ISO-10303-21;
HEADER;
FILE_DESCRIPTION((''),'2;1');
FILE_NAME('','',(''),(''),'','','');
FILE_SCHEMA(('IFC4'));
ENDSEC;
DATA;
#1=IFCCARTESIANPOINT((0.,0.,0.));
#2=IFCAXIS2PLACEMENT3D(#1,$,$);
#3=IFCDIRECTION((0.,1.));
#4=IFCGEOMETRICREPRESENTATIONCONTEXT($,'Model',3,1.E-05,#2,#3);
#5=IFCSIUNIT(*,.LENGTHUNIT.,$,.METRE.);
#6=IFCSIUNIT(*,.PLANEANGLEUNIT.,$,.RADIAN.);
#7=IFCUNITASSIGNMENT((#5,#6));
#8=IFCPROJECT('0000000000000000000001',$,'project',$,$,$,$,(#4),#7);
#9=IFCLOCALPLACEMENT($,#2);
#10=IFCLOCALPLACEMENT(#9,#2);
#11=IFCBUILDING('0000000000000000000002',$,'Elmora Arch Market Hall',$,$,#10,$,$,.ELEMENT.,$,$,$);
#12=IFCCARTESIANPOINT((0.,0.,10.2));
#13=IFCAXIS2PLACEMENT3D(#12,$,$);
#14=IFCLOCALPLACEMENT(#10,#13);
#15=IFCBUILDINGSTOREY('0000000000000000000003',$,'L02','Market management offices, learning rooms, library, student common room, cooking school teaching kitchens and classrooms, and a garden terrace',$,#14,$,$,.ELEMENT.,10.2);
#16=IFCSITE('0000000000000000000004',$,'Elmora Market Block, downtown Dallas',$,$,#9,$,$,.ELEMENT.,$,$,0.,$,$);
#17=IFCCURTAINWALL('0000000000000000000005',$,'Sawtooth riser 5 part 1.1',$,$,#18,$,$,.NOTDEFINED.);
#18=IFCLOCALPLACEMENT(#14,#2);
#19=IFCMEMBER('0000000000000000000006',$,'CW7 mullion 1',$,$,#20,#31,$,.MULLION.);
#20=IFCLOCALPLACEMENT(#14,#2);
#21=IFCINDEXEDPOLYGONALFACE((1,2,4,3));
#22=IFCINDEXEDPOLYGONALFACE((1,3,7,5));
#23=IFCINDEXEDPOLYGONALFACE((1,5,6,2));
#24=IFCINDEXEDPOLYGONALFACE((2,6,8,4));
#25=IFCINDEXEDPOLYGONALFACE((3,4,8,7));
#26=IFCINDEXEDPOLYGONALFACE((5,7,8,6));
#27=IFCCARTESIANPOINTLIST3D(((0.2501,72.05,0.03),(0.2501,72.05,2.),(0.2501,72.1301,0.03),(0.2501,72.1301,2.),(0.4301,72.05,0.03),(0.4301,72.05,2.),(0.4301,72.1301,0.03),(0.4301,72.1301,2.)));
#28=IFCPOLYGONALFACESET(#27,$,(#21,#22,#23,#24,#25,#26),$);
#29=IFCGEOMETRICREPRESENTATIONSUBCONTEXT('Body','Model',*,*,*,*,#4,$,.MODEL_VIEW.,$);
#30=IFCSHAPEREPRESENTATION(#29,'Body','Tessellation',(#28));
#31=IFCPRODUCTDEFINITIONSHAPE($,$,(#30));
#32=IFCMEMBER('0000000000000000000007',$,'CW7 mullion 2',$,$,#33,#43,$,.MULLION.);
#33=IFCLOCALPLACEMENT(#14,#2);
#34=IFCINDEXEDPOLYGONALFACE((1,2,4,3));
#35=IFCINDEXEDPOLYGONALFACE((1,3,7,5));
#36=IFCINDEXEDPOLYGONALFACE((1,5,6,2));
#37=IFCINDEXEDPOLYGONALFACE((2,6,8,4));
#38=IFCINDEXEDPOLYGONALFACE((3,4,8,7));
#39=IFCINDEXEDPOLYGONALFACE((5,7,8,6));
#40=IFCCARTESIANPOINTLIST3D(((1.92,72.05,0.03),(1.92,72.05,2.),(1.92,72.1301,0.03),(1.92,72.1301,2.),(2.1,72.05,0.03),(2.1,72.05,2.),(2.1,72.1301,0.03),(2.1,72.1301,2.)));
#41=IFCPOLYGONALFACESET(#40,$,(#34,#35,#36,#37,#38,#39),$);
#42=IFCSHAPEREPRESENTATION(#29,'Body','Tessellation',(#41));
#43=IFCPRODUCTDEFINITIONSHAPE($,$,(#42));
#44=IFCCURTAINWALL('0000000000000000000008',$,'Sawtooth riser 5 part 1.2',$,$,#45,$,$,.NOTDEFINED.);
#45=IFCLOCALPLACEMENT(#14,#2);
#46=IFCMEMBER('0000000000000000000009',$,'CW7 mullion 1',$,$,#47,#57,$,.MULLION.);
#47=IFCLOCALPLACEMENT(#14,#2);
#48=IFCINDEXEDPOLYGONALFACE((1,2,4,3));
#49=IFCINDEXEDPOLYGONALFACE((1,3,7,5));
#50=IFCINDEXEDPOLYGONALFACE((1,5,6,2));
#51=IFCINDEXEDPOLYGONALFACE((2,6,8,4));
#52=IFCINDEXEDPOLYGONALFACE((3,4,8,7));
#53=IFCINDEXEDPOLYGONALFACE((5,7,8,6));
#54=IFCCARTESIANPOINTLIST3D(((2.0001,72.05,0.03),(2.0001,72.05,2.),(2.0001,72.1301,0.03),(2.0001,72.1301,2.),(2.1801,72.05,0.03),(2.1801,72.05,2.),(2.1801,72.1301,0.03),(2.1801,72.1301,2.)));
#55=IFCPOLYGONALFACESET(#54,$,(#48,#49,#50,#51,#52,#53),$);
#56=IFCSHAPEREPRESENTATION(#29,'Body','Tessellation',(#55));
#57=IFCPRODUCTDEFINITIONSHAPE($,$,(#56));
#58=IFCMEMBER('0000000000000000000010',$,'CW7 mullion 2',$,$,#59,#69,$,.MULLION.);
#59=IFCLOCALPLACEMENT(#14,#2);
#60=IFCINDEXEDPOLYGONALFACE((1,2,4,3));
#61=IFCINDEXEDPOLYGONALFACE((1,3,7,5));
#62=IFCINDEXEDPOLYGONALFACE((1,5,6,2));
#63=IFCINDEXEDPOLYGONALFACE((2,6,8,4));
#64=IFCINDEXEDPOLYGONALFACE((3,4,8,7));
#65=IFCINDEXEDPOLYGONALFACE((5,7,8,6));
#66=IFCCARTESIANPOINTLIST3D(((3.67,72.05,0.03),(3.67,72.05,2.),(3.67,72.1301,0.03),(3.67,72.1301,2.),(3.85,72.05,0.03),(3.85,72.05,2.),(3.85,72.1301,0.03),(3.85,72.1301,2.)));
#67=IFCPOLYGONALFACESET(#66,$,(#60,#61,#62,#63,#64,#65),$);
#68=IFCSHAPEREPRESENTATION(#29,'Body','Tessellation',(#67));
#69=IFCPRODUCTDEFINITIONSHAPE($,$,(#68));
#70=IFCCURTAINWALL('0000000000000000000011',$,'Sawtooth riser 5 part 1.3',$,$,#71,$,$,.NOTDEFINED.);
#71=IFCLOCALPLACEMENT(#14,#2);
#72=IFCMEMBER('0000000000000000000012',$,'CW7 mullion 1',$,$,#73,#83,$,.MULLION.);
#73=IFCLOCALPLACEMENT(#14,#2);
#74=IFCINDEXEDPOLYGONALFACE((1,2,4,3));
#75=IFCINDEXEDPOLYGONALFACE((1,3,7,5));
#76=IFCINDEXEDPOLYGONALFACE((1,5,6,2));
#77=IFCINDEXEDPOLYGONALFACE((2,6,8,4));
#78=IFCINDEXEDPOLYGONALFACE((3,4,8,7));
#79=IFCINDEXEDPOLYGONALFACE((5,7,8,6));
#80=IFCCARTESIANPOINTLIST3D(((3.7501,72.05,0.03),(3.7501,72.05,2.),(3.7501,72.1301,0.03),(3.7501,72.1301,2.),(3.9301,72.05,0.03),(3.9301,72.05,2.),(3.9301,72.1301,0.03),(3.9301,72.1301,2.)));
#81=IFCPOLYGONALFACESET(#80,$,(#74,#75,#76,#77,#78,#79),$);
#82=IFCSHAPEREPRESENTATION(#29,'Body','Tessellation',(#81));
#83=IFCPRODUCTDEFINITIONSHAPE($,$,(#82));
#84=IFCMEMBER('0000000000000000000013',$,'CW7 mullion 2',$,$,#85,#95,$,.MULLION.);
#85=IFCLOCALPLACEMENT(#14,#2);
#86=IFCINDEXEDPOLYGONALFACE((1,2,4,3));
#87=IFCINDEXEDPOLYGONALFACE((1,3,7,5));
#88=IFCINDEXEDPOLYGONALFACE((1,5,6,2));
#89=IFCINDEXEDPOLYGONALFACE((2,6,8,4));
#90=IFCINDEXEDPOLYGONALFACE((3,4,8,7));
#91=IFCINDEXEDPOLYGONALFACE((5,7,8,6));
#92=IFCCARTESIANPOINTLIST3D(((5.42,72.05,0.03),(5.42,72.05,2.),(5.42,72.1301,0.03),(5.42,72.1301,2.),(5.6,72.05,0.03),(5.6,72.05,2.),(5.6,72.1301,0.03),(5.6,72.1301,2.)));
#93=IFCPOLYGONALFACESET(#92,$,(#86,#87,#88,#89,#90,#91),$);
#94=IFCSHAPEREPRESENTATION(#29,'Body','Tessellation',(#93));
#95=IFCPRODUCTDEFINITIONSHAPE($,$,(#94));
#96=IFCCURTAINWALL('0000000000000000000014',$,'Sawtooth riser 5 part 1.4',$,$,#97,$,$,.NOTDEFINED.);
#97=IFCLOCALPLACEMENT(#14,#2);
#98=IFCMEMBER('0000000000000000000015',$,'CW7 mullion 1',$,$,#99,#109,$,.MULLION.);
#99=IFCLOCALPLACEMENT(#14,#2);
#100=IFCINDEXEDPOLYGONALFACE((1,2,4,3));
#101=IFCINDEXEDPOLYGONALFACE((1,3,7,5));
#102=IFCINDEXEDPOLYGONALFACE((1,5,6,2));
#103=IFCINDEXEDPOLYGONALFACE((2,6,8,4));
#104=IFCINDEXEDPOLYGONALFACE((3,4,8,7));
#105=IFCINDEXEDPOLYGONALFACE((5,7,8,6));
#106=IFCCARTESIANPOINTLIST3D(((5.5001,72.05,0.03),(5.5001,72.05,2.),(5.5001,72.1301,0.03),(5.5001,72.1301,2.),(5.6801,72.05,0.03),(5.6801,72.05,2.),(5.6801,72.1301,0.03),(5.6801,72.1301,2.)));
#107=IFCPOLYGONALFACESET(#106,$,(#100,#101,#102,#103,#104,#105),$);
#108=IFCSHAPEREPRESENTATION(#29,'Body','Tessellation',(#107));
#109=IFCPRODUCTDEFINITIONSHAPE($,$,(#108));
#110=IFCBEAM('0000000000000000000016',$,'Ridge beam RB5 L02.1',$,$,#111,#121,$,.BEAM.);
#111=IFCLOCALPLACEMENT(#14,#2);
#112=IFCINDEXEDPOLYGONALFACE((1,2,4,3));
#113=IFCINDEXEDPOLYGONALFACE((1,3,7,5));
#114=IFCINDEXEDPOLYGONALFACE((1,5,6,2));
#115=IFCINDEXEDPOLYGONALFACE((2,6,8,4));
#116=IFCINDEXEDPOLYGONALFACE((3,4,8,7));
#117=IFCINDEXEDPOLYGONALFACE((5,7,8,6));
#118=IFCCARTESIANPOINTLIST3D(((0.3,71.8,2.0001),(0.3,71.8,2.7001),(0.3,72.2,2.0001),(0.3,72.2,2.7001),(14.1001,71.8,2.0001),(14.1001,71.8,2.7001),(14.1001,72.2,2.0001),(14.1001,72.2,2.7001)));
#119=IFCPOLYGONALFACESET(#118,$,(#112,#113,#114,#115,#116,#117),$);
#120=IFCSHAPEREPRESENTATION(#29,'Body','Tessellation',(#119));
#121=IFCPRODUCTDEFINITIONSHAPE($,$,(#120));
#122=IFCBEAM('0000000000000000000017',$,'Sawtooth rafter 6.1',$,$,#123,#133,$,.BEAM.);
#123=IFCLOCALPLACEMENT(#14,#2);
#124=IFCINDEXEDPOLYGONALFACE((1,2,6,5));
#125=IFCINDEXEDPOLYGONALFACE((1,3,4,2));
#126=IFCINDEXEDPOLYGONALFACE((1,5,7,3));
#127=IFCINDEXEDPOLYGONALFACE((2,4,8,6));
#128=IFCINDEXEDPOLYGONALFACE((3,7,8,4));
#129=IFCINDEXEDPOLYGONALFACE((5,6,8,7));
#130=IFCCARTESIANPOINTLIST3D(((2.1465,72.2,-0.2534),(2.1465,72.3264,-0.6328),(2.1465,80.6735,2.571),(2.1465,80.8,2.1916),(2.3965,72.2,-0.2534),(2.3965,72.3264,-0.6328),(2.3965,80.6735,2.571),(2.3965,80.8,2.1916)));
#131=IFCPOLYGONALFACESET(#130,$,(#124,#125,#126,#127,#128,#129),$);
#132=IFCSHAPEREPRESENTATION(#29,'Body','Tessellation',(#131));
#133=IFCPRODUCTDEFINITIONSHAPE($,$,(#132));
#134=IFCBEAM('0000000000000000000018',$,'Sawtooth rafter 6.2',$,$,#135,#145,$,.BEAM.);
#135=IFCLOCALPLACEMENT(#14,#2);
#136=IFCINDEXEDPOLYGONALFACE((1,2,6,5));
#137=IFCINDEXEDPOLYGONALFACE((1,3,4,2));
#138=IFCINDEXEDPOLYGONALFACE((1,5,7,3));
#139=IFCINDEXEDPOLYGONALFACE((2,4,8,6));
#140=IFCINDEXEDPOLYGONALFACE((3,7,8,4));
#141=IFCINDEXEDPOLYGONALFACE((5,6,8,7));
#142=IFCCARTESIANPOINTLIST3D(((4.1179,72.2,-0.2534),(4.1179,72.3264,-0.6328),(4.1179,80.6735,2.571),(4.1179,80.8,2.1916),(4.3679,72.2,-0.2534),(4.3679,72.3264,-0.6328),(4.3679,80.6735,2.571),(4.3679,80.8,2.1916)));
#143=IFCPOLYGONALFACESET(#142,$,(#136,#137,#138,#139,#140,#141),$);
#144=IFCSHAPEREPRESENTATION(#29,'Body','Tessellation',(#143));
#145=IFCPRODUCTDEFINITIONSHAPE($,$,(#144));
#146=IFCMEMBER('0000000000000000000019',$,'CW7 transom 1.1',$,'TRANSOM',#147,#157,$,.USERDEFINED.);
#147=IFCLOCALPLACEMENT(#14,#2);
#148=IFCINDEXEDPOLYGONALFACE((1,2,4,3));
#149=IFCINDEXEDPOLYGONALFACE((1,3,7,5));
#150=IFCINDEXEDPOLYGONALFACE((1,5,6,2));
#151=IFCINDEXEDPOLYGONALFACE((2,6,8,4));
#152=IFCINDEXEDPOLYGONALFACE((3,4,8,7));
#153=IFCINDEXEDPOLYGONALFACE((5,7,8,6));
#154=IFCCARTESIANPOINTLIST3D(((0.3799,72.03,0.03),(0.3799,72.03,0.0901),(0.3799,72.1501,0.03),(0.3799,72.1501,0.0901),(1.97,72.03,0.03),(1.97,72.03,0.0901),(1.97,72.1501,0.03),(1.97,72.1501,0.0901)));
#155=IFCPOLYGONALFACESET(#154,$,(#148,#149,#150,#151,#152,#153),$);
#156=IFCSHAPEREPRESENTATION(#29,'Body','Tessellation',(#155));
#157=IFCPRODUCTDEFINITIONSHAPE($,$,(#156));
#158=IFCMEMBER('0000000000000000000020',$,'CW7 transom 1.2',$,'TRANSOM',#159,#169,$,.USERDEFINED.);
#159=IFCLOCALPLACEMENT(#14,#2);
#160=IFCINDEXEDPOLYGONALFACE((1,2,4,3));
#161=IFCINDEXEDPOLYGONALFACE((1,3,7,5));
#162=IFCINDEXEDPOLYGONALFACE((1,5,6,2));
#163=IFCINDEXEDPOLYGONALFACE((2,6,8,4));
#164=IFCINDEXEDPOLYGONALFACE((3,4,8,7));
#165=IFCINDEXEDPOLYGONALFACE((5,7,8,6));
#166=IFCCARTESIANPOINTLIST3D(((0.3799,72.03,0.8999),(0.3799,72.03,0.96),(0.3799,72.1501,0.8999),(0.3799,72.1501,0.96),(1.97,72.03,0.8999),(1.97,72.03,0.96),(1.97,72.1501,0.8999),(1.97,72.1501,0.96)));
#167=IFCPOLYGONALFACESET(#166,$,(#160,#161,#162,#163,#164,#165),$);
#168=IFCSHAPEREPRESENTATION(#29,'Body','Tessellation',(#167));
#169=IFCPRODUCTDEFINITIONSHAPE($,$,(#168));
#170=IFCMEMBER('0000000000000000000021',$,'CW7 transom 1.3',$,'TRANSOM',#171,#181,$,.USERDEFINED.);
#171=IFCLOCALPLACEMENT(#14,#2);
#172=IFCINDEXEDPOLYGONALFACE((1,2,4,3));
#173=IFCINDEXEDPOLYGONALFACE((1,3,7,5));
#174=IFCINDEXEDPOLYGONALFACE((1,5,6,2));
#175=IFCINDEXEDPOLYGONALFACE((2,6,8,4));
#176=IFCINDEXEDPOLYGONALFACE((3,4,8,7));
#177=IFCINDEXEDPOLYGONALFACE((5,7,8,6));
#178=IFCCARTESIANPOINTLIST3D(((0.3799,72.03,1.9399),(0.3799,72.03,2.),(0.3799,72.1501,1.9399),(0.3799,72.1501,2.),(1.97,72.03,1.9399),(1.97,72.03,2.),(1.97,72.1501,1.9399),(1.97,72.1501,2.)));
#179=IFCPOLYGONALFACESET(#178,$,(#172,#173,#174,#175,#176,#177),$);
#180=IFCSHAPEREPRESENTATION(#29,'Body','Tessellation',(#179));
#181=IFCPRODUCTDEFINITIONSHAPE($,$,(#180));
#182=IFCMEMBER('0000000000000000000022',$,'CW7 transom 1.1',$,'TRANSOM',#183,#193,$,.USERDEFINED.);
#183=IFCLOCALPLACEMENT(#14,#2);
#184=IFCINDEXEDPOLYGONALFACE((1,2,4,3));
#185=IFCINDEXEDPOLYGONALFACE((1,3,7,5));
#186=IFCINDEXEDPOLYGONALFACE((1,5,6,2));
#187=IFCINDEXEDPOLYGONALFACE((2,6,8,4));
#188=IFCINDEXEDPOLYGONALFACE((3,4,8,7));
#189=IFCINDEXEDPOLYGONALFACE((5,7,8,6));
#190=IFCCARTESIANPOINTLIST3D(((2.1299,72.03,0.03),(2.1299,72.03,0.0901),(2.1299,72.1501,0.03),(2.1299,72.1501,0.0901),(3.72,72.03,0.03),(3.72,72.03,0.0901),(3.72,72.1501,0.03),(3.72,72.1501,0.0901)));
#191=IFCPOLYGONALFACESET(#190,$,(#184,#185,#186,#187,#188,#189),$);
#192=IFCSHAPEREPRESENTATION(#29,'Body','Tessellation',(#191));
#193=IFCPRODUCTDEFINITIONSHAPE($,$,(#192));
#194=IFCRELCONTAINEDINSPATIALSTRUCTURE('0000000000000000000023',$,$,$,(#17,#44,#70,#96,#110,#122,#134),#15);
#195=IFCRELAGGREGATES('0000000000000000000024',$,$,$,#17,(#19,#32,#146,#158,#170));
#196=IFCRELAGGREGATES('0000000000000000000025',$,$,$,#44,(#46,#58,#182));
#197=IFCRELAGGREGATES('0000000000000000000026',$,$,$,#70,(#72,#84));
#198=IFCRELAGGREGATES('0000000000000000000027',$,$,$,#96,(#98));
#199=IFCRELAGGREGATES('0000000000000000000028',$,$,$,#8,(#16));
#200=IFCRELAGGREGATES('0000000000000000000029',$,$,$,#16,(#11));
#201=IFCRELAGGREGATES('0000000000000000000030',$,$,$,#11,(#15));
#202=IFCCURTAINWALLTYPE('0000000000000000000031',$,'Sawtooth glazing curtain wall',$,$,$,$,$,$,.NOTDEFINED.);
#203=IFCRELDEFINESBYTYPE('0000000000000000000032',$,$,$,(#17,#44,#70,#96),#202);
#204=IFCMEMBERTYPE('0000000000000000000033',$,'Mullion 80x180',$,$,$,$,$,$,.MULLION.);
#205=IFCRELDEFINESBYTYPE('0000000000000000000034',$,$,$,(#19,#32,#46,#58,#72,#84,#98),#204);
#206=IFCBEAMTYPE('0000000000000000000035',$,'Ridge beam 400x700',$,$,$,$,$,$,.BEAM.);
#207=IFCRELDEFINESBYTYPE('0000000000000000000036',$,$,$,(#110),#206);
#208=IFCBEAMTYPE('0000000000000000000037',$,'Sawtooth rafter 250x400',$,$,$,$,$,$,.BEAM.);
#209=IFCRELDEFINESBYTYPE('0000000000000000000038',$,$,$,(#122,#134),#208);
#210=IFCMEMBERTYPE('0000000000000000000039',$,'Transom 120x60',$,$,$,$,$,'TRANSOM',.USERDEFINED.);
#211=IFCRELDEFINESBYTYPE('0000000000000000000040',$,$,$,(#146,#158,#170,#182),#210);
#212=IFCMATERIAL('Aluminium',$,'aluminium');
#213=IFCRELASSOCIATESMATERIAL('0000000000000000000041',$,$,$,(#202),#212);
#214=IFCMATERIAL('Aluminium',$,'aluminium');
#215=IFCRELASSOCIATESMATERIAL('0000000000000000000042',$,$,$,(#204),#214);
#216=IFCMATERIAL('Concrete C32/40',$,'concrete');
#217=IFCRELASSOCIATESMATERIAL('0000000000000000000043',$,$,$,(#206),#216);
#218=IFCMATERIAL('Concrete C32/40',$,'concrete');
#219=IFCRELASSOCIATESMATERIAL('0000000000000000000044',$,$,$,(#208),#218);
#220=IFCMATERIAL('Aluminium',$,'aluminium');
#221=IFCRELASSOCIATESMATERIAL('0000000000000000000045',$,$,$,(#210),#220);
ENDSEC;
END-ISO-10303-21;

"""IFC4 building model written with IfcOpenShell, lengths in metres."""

from ifc_helpers import new_model, si_unit, direction, frame, origin, origin_2d, place, context, subcontext, project, spatial, rectangle, extrude, material, material_profile, profile_set, type_object, element, aggregate, save


model = new_model("IFC4")

# Units and contexts
model_context = context("Model", 3, precision=1e-05, world=origin(), true_north=direction((0.0, 1.0)))
body_context = subcontext(model_context, "Body", "Model", "MODEL_VIEW")
ifc_project = project(units=[si_unit("LENGTHUNIT", "METRE"), si_unit("PLANEANGLEUNIT", "RADIAN")], contexts=[model_context])

# Site, building, storey
site_placement = place(None, origin())
site = spatial("IfcSite", under=ifc_project, at=site_placement, Name="Elmora Market Block, downtown Dallas", CompositionType="ELEMENT", RefElevation=0.0)
building_placement = place(site_placement, origin())
building = spatial("IfcBuilding", under=site, at=building_placement, Name="Elmora Arch Market Hall", CompositionType="ELEMENT")
storey_placement = place(building_placement, frame((0.0, 0.0, 10.2)))
storey = spatial("IfcBuildingStorey", under=building, at=storey_placement, Name="L02", Description="Market management offices, learning rooms, library, student common room, cooking school teaching kitchens and classrooms, and a garden terrace", CompositionType="ELEMENT", Elevation=10.2)

# Curtain walls, members
ifc_material_1 = material(Name="Aluminium", Category="aluminium")
curtain_wall_type = type_object("IfcCurtainWallType", Name="Sawtooth glazing curtain wall", PredefinedType="NOTDEFINED", material=ifc_material_1)
curtain_wall_1_placement = place(storey_placement, origin())
curtain_wall_1 = element("IfcCurtainWall", 1, at=curtain_wall_1_placement, inside=storey, type_object=curtain_wall_type, Name="Sawtooth riser 5 part 1.1", PredefinedType="NOTDEFINED")
ifc_material_2 = material(Name="Aluminium", Category="aluminium")
ifc_material_profile_1 = material_profile(ifc_material_2, rectangle(XDim=0.0801, YDim=0.1799, at=origin_2d()), Name="AL 80x180")
ifc_profile_set_1 = profile_set([ifc_material_profile_1], Name="Aluminium")
member_type_1 = type_object("IfcMemberType", Name="Mullion 80x180", PredefinedType="MULLION", material=ifc_profile_set_1)
member_1_placement = place(storey_placement, frame((0.3401, 72.0901, 0.03), z_axis=(0.0, 0.0, 1.0), x_axis=(0.0, 1.0, 0.0)))
member_1 = element("IfcMember", 2, at=member_1_placement, type_object=member_type_1, Name="CW7 mullion 1", PredefinedType="MULLION", context=body_context, shape_type="SweptSolid", body=[
    extrude(rectangle(XDim=0.0801, YDim=0.1799, at=origin_2d()), origin(), (0.0, 0.0, 1.0), 1.97),
])
member_2_placement = place(storey_placement, frame((2.01, 72.0901, 0.03), z_axis=(0.0, 0.0, 1.0), x_axis=(0.0, 1.0, 0.0)))
member_2 = element("IfcMember", 3, at=member_2_placement, type_object=member_type_1, Name="CW7 mullion 2", PredefinedType="MULLION", context=body_context, shape_type="SweptSolid", body=[
    extrude(rectangle(XDim=0.0801, YDim=0.1799, at=origin_2d()), origin(), (0.0, 0.0, 1.0), 1.97),
])
curtain_wall_2_placement = place(storey_placement, origin())
curtain_wall_2 = element("IfcCurtainWall", 4, at=curtain_wall_2_placement, inside=storey, type_object=curtain_wall_type, Name="Sawtooth riser 5 part 1.2", PredefinedType="NOTDEFINED")
member_3_placement = place(storey_placement, frame((2.0901, 72.0901, 0.03), z_axis=(0.0, 0.0, 1.0), x_axis=(0.0, 1.0, 0.0)))
member_3 = element("IfcMember", 5, at=member_3_placement, type_object=member_type_1, Name="CW7 mullion 1", PredefinedType="MULLION", context=body_context, shape_type="SweptSolid", body=[
    extrude(rectangle(XDim=0.0801, YDim=0.1799, at=origin_2d()), origin(), (0.0, 0.0, 1.0), 1.97),
])
member_4_placement = place(storey_placement, frame((3.76, 72.0901, 0.03), z_axis=(0.0, 0.0, 1.0), x_axis=(0.0, 1.0, 0.0)))
member_4 = element("IfcMember", 6, at=member_4_placement, type_object=member_type_1, Name="CW7 mullion 2", PredefinedType="MULLION", context=body_context, shape_type="SweptSolid", body=[
    extrude(rectangle(XDim=0.0801, YDim=0.1799, at=origin_2d()), origin(), (0.0, 0.0, 1.0), 1.97),
])
curtain_wall_3_placement = place(storey_placement, origin())
curtain_wall_3 = element("IfcCurtainWall", 7, at=curtain_wall_3_placement, inside=storey, type_object=curtain_wall_type, Name="Sawtooth riser 5 part 1.3", PredefinedType="NOTDEFINED")
member_5_placement = place(storey_placement, frame((3.8401, 72.0901, 0.03), z_axis=(0.0, 0.0, 1.0), x_axis=(0.0, 1.0, 0.0)))
member_5 = element("IfcMember", 8, at=member_5_placement, type_object=member_type_1, Name="CW7 mullion 1", PredefinedType="MULLION", context=body_context, shape_type="SweptSolid", body=[
    extrude(rectangle(XDim=0.0801, YDim=0.1799, at=origin_2d()), origin(), (0.0, 0.0, 1.0), 1.97),
])
member_6_placement = place(storey_placement, frame((5.51, 72.0901, 0.03), z_axis=(0.0, 0.0, 1.0), x_axis=(0.0, 1.0, 0.0)))
member_6 = element("IfcMember", 9, at=member_6_placement, type_object=member_type_1, Name="CW7 mullion 2", PredefinedType="MULLION", context=body_context, shape_type="SweptSolid", body=[
    extrude(rectangle(XDim=0.0801, YDim=0.1799, at=origin_2d()), origin(), (0.0, 0.0, 1.0), 1.97),
])

# Curtain wall, member
curtain_wall_4_placement = place(storey_placement, origin())
curtain_wall_4 = element("IfcCurtainWall", 10, at=curtain_wall_4_placement, inside=storey, type_object=curtain_wall_type, Name="Sawtooth riser 5 part 1.4", PredefinedType="NOTDEFINED")
member_7_placement = place(storey_placement, frame((5.5901, 72.0901, 0.03), z_axis=(0.0, 0.0, 1.0), x_axis=(0.0, 1.0, 0.0)))
member_7 = element("IfcMember", 11, at=member_7_placement, type_object=member_type_1, Name="CW7 mullion 1", PredefinedType="MULLION", context=body_context, shape_type="SweptSolid", body=[
    extrude(rectangle(XDim=0.0801, YDim=0.1799, at=origin_2d()), origin(), (0.0, 0.0, 1.0), 1.97),
])

# Beams
ifc_material_3 = material(Name="Concrete C32/40", Category="concrete")
ifc_material_profile_2 = material_profile(ifc_material_3, rectangle(XDim=0.3999, YDim=0.7, at=origin_2d()), Name="Ridge beam 400x700")
ifc_profile_set_2 = profile_set([ifc_material_profile_2], Name="Concrete C32/40")
beam_type_1 = type_object("IfcBeamType", Name="Ridge beam 400x700", PredefinedType="BEAM", material=ifc_profile_set_2)
beam_placement = place(storey_placement, frame((0.3, 72.0, 2.3501), z_axis=(1.0, 0.0, 0.0), x_axis=(0.0, 1.0, 0.0)))
element("IfcBeam", 12, at=beam_placement, inside=storey, type_object=beam_type_1, Name="Ridge beam RB5 L02.1", PredefinedType="BEAM", context=body_context, shape_type="SweptSolid", body=[
    extrude(rectangle(XDim=0.3999, YDim=0.7, at=origin_2d()), origin(), (0.0, 0.0, 1.0), 13.8),
])
ifc_material_4 = material(Name="Concrete C32/40", Category="concrete")
ifc_material_profile_3 = material_profile(ifc_material_4, rectangle(XDim=0.25, YDim=0.3999, at=origin_2d()), Name="Sawtooth rafter 250x400")
ifc_profile_set_3 = profile_set([ifc_material_profile_3], Name="Concrete C32/40")
beam_type_2 = type_object("IfcBeamType", Name="Sawtooth rafter 250x400", PredefinedType="BEAM", material=ifc_profile_set_3)
for number, where, z_axis, x_axis, name in (
    (13, (2.2715, 72.2632, -0.4431), (0.0, 0.948686, 0.31622), (-1.0, 0.0, 0.0), "Sawtooth rafter 6.1"),
    (14, (4.2429, 72.2632, -0.4431), (0.0, 0.948686, 0.31622), (-1.0, 0.0, 0.0), "Sawtooth rafter 6.2"),
):
    element("IfcBeam", number, at=place(storey_placement, frame(where, z_axis=z_axis, x_axis=x_axis)), inside=storey, type_object=beam_type_2, Name=name, PredefinedType="BEAM", context=body_context, shape_type="SweptSolid", body=[
        extrude(rectangle(XDim=0.25, YDim=0.3999, at=origin_2d()), origin(), (0.0, 0.0, 1.0), 8.9319),
    ])

# Members
ifc_material_5 = material(Name="Aluminium", Category="aluminium")
ifc_material_profile_4 = material_profile(ifc_material_5, rectangle(XDim=0.1201, YDim=0.0601, at=origin_2d()), Name="AL 120x60")
ifc_profile_set_4 = profile_set([ifc_material_profile_4], Name="Aluminium")
member_type_2 = type_object("IfcMemberType", Name="Transom 120x60", ElementType="TRANSOM", PredefinedType="USERDEFINED", material=ifc_profile_set_4)
member_8_placement = place(storey_placement, frame((0.3799, 72.0901, 0.0601), z_axis=(1.0, 0.0, 0.0), x_axis=(0.0, 1.0, 0.0)))
member_8 = element("IfcMember", 15, at=member_8_placement, type_object=member_type_2, Name="CW7 transom 1.1", ObjectType="TRANSOM", PredefinedType="USERDEFINED", context=body_context, shape_type="SweptSolid", body=[
    extrude(rectangle(XDim=0.1201, YDim=0.0601, at=origin_2d()), origin(), (0.0, 0.0, 1.0), 1.5901),
])
member_9_placement = place(storey_placement, frame((0.3799, 72.0901, 0.9299), z_axis=(1.0, 0.0, 0.0), x_axis=(0.0, 1.0, 0.0)))
member_9 = element("IfcMember", 16, at=member_9_placement, type_object=member_type_2, Name="CW7 transom 1.2", ObjectType="TRANSOM", PredefinedType="USERDEFINED", context=body_context, shape_type="SweptSolid", body=[
    extrude(rectangle(XDim=0.1201, YDim=0.0601, at=origin_2d()), origin(), (0.0, 0.0, 1.0), 1.5901),
])
member_10_placement = place(storey_placement, frame((0.3799, 72.0901, 1.97), z_axis=(1.0, 0.0, 0.0), x_axis=(0.0, 1.0, 0.0)))
member_10 = element("IfcMember", 17, at=member_10_placement, type_object=member_type_2, Name="CW7 transom 1.3", ObjectType="TRANSOM", PredefinedType="USERDEFINED", context=body_context, shape_type="SweptSolid", body=[
    extrude(rectangle(XDim=0.1201, YDim=0.0601, at=origin_2d()), origin(), (0.0, 0.0, 1.0), 1.5901),
])
member_11_placement = place(storey_placement, frame((2.1299, 72.0901, 0.0601), z_axis=(1.0, 0.0, 0.0), x_axis=(0.0, 1.0, 0.0)))
member_11 = element("IfcMember", 18, at=member_11_placement, type_object=member_type_2, Name="CW7 transom 1.1", ObjectType="TRANSOM", PredefinedType="USERDEFINED", context=body_context, shape_type="SweptSolid", body=[
    extrude(rectangle(XDim=0.1201, YDim=0.0601, at=origin_2d()), origin(), (0.0, 0.0, 1.0), 1.5901),
])

aggregate(curtain_wall_1, [member_1, member_2, member_8, member_9, member_10])
aggregate(curtain_wall_2, [member_3, member_4, member_11])
aggregate(curtain_wall_3, [member_5, member_6])
aggregate(curtain_wall_4, [member_7])

save(model, "model.ifc")
